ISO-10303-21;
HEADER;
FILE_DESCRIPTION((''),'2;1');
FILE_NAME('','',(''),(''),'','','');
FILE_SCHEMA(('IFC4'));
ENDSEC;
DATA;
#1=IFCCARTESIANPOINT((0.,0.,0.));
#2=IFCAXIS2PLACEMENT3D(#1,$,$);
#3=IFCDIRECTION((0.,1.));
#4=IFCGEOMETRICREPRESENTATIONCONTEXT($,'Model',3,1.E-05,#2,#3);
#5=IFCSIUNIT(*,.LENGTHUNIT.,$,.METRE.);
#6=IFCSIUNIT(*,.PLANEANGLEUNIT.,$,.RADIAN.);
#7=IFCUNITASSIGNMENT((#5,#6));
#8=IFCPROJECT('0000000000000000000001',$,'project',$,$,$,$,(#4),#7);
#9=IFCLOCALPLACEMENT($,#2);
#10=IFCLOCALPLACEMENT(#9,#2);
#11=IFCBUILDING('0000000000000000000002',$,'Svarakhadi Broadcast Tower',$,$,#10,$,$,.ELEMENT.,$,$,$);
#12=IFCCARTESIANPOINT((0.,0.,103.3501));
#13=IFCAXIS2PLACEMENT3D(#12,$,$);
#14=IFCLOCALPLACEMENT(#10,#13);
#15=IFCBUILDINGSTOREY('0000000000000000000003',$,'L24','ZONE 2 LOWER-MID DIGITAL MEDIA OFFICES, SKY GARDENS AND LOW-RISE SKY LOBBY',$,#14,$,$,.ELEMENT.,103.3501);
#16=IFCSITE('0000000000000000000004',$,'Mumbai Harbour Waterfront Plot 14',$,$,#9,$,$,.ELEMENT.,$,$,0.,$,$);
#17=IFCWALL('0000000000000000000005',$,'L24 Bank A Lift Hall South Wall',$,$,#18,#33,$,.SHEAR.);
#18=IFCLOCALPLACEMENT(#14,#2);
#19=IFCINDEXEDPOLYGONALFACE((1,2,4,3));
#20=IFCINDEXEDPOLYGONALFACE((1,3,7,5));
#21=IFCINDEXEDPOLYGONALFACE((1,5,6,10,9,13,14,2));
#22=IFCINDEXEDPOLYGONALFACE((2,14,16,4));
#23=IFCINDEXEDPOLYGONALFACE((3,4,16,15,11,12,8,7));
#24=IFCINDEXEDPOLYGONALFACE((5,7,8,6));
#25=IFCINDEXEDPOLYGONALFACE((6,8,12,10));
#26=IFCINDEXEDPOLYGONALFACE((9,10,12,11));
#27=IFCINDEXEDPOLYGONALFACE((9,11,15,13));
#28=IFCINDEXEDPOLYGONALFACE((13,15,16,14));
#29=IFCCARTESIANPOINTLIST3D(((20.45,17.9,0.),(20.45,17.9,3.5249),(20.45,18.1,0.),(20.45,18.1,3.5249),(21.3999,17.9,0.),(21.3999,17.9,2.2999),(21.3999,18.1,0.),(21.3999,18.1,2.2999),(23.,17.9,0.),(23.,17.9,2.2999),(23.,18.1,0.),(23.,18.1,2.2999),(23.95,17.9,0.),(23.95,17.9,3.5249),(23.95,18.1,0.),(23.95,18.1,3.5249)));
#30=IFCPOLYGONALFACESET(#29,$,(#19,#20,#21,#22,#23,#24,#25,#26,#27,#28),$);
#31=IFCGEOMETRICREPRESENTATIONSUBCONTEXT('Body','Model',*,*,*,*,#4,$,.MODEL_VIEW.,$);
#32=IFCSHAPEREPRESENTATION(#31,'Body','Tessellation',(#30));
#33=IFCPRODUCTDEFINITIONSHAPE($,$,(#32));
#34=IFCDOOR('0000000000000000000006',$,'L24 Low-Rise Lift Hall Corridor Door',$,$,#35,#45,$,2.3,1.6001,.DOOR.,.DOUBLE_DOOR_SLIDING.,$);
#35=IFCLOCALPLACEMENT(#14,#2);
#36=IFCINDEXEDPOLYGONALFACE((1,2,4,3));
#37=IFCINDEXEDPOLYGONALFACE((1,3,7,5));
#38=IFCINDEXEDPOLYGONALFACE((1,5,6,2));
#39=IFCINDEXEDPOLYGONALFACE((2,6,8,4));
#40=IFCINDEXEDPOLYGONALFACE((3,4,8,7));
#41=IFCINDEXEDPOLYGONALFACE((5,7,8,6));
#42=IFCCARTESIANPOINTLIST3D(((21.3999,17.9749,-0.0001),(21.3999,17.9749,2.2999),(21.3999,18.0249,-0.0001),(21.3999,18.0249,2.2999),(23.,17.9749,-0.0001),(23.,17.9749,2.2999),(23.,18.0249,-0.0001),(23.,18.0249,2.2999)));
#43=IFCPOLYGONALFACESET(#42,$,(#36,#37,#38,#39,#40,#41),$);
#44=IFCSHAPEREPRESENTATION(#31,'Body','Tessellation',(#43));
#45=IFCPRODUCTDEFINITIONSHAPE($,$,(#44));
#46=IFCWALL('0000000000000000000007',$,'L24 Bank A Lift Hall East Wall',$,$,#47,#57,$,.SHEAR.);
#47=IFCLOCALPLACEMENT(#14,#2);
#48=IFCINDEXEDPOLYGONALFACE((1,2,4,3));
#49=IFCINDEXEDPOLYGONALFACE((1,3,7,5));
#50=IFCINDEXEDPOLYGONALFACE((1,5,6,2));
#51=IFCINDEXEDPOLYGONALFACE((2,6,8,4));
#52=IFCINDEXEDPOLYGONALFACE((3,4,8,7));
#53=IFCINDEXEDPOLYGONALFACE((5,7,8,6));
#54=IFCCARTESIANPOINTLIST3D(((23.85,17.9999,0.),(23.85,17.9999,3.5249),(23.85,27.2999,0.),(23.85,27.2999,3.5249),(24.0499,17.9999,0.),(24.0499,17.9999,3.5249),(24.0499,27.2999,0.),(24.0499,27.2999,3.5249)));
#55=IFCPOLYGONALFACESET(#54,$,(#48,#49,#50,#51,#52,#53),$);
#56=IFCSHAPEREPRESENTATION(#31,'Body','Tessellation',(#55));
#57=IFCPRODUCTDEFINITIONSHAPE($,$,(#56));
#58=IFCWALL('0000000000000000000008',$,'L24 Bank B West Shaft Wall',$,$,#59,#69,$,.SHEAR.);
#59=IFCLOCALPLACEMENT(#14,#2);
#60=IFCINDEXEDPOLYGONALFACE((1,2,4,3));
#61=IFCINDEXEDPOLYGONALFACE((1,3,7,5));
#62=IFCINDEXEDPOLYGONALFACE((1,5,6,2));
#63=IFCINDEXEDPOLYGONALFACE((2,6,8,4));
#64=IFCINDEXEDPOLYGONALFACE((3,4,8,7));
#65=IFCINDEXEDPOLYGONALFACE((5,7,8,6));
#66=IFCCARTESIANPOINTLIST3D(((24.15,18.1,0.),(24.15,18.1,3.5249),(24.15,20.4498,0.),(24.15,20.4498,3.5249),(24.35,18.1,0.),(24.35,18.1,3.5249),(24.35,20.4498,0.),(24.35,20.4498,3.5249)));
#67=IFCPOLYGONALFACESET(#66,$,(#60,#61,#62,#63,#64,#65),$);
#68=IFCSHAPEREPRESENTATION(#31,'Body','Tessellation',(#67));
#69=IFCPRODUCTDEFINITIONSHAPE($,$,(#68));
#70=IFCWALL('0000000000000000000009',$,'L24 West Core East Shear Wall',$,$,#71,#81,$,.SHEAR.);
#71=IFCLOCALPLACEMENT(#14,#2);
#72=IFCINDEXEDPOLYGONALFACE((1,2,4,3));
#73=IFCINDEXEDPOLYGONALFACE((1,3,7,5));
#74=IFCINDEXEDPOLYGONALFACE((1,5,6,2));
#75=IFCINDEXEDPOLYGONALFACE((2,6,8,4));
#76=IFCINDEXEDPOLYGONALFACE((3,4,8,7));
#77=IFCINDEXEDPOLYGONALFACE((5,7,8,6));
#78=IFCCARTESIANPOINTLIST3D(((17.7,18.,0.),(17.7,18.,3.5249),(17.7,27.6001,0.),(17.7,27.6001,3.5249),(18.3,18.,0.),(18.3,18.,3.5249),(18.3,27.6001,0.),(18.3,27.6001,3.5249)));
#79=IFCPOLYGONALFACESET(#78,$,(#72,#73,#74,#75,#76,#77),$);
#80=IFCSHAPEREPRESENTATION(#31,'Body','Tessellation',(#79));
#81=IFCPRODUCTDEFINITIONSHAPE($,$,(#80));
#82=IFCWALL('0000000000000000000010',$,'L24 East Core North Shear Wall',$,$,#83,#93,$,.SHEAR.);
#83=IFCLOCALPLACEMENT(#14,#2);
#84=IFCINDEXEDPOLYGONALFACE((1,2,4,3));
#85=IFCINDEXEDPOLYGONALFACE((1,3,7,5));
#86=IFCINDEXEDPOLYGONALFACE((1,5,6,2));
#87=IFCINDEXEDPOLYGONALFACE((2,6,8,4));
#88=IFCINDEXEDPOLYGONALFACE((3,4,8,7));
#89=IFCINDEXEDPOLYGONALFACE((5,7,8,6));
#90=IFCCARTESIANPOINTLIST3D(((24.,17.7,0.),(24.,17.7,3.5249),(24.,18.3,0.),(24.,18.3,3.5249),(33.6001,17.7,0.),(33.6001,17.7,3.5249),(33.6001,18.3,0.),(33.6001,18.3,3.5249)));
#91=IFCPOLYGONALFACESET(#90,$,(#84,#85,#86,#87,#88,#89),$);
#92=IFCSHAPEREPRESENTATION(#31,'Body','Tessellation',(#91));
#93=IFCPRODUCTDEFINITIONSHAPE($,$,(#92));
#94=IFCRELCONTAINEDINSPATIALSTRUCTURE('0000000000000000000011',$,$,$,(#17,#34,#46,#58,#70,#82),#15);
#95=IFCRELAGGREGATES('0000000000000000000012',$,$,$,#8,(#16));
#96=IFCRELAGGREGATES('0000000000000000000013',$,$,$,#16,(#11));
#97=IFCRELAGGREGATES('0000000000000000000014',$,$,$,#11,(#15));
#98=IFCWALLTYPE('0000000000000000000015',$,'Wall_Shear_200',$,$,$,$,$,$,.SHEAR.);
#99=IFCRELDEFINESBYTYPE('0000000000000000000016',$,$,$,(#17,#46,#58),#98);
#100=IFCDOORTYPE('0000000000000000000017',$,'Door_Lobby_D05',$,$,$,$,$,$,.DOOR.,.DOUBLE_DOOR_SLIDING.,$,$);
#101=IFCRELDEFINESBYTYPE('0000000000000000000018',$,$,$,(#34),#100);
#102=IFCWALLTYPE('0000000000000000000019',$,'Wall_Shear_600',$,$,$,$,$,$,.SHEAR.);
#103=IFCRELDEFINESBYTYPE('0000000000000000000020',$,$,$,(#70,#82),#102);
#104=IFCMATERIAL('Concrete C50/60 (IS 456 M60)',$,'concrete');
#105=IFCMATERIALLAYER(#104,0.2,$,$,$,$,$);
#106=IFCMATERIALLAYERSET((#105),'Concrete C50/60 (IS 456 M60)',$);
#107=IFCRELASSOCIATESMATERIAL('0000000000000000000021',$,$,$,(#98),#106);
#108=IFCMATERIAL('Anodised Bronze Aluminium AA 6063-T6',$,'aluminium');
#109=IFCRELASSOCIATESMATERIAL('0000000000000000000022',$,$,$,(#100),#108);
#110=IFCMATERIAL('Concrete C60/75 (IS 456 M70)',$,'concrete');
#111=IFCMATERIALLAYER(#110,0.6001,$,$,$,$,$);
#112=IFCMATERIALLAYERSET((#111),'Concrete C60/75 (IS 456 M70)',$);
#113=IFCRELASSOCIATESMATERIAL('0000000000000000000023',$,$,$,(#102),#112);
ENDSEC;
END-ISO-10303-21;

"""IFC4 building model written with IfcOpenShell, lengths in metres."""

from ifc_helpers import new_model, si_unit, direction, frame, frame_2d, origin, place, context, subcontext, project, spatial, rectangle, extrude, material, layer, layer_set, type_object, element, fill, save


model = new_model("IFC4")

# Units and contexts
model_context = context("Model", 3, precision=1e-05, world=origin(), true_north=direction((0.0, 1.0)))
body_context = subcontext(model_context, "Body", "Model", "MODEL_VIEW")
ifc_project = project(units=[si_unit("LENGTHUNIT", "METRE"), si_unit("PLANEANGLEUNIT", "RADIAN")], contexts=[model_context])

# Site, building, storey
site_placement = place(None, origin())
site = spatial("IfcSite", under=ifc_project, at=site_placement, Name="Mumbai Harbour Waterfront Plot 14", CompositionType="ELEMENT", RefElevation=0.0)
building_placement = place(site_placement, origin())
building = spatial("IfcBuilding", under=site, at=building_placement, Name="Svarakhadi Broadcast Tower", CompositionType="ELEMENT")
storey_placement = place(building_placement, frame((0.0, 0.0, 103.3501)))
storey = spatial("IfcBuildingStorey", under=building, at=storey_placement, Name="L24", Description="ZONE 2 LOWER-MID DIGITAL MEDIA OFFICES, SKY GARDENS AND LOW-RISE SKY LOBBY", CompositionType="ELEMENT", Elevation=103.3501)

# Shared definitions
ifc_material_1 = material(Name="Concrete C50/60 (IS 456 M60)", Category="concrete")

# Shared definitions
ifc_layer_1 = layer(ifc_material_1, 0.2)
ifc_layer_set_1 = layer_set([ifc_layer_1], Name="Concrete C50/60 (IS 456 M60)")
wall_type_1 = type_object("IfcWallType", Name="Wall_Shear_200", PredefinedType="SHEAR", material=ifc_layer_set_1)

# Wall, opening, door
wall_1_placement = place(storey_placement, frame((20.45, 18.0, 0.0), z_axis=(0.0, 0.0, 1.0), x_axis=(1.0, 0.0, 0.0)))
wall_1 = element("IfcWall", 1, at=wall_1_placement, inside=storey, type_object=wall_type_1, Name="L24 Bank A Lift Hall South Wall", PredefinedType="SHEAR", context=body_context, shape_type="SweptSolid", body=[
    extrude(rectangle(XDim=3.5, YDim=0.2, at=frame_2d((1.75, 0.0))), origin(), (0.0, 0.0, 1.0), 3.5249),
])
opening_1_placement = place(wall_1_placement, frame((0.95, 0.0, 0.0)))
opening_1 = element("IfcOpeningElement", 2, at=opening_1_placement, cuts=wall_1, PredefinedType="OPENING", context=body_context, shape_type="SweptSolid", body=[
    extrude(rectangle(XDim=1.6001, YDim=2.3, at=frame_2d((0.8, 1.1499))), frame((0.0, 0.1099, 0.0), z_axis=(0.0, -1.0, 0.0), x_axis=(1.0, 0.0, 0.0)), (0.0, 0.0, 1.0), 0.22),
])
ifc_material_2 = material(Name="Anodised Bronze Aluminium AA 6063-T6", Category="aluminium")
door_type_1 = type_object("IfcDoorType", Name="Door_Lobby_D05", OperationType="DOUBLE_DOOR_SLIDING", PredefinedType="DOOR", material=ifc_material_2)
door_1_placement = place(opening_1_placement, origin())
door_1 = element("IfcDoor", 3, at=door_1_placement, inside=storey, type_object=door_type_1, Name="L24 Low-Rise Lift Hall Corridor Door", OperationType="DOUBLE_DOOR_SLIDING", OverallHeight=2.3, OverallWidth=1.6001, PredefinedType="DOOR", context=body_context, shape_type="SweptSolid", body=[
    extrude(rectangle(XDim=1.6001, YDim=2.3, at=frame_2d((0.8, 1.1499))), frame((0.0, 0.0249, 0.0), z_axis=(0.0, -1.0, 0.0), x_axis=(1.0, 0.0, 0.0)), (0.0, 0.0, 1.0), 0.05),
])
fill(opening_1, door_1)

# Walls
wall_2_placement = place(storey_placement, frame((23.95, 18.0, 0.0), z_axis=(0.0, 0.0, 1.0), x_axis=(0.0, 1.0, 0.0)))
element("IfcWall", 4, at=wall_2_placement, inside=storey, type_object=wall_type_1, Name="L24 Bank A Lift Hall East Wall", PredefinedType="SHEAR", context=body_context, shape_type="SweptSolid", body=[
    extrude(rectangle(XDim=9.3, YDim=0.2, at=frame_2d((4.6499, 0.0))), origin(), (0.0, 0.0, 1.0), 3.5249),
])
wall_3_placement = place(storey_placement, frame((24.25, 18.1001, 0.0), z_axis=(0.0, 0.0, 1.0), x_axis=(0.0, 1.0, 0.0)))
element("IfcWall", 5, at=wall_3_placement, inside=storey, type_object=wall_type_1, Name="L24 Bank B West Shaft Wall", PredefinedType="SHEAR", context=body_context, shape_type="SweptSolid", body=[
    extrude(rectangle(XDim=2.3499, YDim=0.2, at=frame_2d((1.1748, 0.0))), origin(), (0.0, 0.0, 1.0), 3.5249),
])
ifc_material_3 = material(Name="Concrete C60/75 (IS 456 M70)", Category="concrete")
ifc_layer_2 = layer(ifc_material_3, 0.6001)
ifc_layer_set_2 = layer_set([ifc_layer_2], Name="Concrete C60/75 (IS 456 M70)")
wall_type_2 = type_object("IfcWallType", Name="Wall_Shear_600", PredefinedType="SHEAR", material=ifc_layer_set_2)
for number, where, z_axis, x_axis, name in (
    (6, (18.0, 18.0, 0.0), (0.0, 0.0, 1.0), (0.0, 1.0, 0.0), "L24 West Core East Shear Wall"),
    (7, (24.0, 18.0, 0.0), (0.0, 0.0, 1.0), (1.0, 0.0, 0.0), "L24 East Core North Shear Wall"),
):
    element("IfcWall", number, at=place(storey_placement, frame(where, z_axis=z_axis, x_axis=x_axis)), inside=storey, type_object=wall_type_2, Name=name, PredefinedType="SHEAR", context=body_context, shape_type="SweptSolid", body=[
        extrude(rectangle(XDim=9.6001, YDim=0.6001, at=frame_2d((4.8, 0.0))), origin(), (0.0, 0.0, 1.0), 3.5249),
    ])

save(model, "model.ifc")
